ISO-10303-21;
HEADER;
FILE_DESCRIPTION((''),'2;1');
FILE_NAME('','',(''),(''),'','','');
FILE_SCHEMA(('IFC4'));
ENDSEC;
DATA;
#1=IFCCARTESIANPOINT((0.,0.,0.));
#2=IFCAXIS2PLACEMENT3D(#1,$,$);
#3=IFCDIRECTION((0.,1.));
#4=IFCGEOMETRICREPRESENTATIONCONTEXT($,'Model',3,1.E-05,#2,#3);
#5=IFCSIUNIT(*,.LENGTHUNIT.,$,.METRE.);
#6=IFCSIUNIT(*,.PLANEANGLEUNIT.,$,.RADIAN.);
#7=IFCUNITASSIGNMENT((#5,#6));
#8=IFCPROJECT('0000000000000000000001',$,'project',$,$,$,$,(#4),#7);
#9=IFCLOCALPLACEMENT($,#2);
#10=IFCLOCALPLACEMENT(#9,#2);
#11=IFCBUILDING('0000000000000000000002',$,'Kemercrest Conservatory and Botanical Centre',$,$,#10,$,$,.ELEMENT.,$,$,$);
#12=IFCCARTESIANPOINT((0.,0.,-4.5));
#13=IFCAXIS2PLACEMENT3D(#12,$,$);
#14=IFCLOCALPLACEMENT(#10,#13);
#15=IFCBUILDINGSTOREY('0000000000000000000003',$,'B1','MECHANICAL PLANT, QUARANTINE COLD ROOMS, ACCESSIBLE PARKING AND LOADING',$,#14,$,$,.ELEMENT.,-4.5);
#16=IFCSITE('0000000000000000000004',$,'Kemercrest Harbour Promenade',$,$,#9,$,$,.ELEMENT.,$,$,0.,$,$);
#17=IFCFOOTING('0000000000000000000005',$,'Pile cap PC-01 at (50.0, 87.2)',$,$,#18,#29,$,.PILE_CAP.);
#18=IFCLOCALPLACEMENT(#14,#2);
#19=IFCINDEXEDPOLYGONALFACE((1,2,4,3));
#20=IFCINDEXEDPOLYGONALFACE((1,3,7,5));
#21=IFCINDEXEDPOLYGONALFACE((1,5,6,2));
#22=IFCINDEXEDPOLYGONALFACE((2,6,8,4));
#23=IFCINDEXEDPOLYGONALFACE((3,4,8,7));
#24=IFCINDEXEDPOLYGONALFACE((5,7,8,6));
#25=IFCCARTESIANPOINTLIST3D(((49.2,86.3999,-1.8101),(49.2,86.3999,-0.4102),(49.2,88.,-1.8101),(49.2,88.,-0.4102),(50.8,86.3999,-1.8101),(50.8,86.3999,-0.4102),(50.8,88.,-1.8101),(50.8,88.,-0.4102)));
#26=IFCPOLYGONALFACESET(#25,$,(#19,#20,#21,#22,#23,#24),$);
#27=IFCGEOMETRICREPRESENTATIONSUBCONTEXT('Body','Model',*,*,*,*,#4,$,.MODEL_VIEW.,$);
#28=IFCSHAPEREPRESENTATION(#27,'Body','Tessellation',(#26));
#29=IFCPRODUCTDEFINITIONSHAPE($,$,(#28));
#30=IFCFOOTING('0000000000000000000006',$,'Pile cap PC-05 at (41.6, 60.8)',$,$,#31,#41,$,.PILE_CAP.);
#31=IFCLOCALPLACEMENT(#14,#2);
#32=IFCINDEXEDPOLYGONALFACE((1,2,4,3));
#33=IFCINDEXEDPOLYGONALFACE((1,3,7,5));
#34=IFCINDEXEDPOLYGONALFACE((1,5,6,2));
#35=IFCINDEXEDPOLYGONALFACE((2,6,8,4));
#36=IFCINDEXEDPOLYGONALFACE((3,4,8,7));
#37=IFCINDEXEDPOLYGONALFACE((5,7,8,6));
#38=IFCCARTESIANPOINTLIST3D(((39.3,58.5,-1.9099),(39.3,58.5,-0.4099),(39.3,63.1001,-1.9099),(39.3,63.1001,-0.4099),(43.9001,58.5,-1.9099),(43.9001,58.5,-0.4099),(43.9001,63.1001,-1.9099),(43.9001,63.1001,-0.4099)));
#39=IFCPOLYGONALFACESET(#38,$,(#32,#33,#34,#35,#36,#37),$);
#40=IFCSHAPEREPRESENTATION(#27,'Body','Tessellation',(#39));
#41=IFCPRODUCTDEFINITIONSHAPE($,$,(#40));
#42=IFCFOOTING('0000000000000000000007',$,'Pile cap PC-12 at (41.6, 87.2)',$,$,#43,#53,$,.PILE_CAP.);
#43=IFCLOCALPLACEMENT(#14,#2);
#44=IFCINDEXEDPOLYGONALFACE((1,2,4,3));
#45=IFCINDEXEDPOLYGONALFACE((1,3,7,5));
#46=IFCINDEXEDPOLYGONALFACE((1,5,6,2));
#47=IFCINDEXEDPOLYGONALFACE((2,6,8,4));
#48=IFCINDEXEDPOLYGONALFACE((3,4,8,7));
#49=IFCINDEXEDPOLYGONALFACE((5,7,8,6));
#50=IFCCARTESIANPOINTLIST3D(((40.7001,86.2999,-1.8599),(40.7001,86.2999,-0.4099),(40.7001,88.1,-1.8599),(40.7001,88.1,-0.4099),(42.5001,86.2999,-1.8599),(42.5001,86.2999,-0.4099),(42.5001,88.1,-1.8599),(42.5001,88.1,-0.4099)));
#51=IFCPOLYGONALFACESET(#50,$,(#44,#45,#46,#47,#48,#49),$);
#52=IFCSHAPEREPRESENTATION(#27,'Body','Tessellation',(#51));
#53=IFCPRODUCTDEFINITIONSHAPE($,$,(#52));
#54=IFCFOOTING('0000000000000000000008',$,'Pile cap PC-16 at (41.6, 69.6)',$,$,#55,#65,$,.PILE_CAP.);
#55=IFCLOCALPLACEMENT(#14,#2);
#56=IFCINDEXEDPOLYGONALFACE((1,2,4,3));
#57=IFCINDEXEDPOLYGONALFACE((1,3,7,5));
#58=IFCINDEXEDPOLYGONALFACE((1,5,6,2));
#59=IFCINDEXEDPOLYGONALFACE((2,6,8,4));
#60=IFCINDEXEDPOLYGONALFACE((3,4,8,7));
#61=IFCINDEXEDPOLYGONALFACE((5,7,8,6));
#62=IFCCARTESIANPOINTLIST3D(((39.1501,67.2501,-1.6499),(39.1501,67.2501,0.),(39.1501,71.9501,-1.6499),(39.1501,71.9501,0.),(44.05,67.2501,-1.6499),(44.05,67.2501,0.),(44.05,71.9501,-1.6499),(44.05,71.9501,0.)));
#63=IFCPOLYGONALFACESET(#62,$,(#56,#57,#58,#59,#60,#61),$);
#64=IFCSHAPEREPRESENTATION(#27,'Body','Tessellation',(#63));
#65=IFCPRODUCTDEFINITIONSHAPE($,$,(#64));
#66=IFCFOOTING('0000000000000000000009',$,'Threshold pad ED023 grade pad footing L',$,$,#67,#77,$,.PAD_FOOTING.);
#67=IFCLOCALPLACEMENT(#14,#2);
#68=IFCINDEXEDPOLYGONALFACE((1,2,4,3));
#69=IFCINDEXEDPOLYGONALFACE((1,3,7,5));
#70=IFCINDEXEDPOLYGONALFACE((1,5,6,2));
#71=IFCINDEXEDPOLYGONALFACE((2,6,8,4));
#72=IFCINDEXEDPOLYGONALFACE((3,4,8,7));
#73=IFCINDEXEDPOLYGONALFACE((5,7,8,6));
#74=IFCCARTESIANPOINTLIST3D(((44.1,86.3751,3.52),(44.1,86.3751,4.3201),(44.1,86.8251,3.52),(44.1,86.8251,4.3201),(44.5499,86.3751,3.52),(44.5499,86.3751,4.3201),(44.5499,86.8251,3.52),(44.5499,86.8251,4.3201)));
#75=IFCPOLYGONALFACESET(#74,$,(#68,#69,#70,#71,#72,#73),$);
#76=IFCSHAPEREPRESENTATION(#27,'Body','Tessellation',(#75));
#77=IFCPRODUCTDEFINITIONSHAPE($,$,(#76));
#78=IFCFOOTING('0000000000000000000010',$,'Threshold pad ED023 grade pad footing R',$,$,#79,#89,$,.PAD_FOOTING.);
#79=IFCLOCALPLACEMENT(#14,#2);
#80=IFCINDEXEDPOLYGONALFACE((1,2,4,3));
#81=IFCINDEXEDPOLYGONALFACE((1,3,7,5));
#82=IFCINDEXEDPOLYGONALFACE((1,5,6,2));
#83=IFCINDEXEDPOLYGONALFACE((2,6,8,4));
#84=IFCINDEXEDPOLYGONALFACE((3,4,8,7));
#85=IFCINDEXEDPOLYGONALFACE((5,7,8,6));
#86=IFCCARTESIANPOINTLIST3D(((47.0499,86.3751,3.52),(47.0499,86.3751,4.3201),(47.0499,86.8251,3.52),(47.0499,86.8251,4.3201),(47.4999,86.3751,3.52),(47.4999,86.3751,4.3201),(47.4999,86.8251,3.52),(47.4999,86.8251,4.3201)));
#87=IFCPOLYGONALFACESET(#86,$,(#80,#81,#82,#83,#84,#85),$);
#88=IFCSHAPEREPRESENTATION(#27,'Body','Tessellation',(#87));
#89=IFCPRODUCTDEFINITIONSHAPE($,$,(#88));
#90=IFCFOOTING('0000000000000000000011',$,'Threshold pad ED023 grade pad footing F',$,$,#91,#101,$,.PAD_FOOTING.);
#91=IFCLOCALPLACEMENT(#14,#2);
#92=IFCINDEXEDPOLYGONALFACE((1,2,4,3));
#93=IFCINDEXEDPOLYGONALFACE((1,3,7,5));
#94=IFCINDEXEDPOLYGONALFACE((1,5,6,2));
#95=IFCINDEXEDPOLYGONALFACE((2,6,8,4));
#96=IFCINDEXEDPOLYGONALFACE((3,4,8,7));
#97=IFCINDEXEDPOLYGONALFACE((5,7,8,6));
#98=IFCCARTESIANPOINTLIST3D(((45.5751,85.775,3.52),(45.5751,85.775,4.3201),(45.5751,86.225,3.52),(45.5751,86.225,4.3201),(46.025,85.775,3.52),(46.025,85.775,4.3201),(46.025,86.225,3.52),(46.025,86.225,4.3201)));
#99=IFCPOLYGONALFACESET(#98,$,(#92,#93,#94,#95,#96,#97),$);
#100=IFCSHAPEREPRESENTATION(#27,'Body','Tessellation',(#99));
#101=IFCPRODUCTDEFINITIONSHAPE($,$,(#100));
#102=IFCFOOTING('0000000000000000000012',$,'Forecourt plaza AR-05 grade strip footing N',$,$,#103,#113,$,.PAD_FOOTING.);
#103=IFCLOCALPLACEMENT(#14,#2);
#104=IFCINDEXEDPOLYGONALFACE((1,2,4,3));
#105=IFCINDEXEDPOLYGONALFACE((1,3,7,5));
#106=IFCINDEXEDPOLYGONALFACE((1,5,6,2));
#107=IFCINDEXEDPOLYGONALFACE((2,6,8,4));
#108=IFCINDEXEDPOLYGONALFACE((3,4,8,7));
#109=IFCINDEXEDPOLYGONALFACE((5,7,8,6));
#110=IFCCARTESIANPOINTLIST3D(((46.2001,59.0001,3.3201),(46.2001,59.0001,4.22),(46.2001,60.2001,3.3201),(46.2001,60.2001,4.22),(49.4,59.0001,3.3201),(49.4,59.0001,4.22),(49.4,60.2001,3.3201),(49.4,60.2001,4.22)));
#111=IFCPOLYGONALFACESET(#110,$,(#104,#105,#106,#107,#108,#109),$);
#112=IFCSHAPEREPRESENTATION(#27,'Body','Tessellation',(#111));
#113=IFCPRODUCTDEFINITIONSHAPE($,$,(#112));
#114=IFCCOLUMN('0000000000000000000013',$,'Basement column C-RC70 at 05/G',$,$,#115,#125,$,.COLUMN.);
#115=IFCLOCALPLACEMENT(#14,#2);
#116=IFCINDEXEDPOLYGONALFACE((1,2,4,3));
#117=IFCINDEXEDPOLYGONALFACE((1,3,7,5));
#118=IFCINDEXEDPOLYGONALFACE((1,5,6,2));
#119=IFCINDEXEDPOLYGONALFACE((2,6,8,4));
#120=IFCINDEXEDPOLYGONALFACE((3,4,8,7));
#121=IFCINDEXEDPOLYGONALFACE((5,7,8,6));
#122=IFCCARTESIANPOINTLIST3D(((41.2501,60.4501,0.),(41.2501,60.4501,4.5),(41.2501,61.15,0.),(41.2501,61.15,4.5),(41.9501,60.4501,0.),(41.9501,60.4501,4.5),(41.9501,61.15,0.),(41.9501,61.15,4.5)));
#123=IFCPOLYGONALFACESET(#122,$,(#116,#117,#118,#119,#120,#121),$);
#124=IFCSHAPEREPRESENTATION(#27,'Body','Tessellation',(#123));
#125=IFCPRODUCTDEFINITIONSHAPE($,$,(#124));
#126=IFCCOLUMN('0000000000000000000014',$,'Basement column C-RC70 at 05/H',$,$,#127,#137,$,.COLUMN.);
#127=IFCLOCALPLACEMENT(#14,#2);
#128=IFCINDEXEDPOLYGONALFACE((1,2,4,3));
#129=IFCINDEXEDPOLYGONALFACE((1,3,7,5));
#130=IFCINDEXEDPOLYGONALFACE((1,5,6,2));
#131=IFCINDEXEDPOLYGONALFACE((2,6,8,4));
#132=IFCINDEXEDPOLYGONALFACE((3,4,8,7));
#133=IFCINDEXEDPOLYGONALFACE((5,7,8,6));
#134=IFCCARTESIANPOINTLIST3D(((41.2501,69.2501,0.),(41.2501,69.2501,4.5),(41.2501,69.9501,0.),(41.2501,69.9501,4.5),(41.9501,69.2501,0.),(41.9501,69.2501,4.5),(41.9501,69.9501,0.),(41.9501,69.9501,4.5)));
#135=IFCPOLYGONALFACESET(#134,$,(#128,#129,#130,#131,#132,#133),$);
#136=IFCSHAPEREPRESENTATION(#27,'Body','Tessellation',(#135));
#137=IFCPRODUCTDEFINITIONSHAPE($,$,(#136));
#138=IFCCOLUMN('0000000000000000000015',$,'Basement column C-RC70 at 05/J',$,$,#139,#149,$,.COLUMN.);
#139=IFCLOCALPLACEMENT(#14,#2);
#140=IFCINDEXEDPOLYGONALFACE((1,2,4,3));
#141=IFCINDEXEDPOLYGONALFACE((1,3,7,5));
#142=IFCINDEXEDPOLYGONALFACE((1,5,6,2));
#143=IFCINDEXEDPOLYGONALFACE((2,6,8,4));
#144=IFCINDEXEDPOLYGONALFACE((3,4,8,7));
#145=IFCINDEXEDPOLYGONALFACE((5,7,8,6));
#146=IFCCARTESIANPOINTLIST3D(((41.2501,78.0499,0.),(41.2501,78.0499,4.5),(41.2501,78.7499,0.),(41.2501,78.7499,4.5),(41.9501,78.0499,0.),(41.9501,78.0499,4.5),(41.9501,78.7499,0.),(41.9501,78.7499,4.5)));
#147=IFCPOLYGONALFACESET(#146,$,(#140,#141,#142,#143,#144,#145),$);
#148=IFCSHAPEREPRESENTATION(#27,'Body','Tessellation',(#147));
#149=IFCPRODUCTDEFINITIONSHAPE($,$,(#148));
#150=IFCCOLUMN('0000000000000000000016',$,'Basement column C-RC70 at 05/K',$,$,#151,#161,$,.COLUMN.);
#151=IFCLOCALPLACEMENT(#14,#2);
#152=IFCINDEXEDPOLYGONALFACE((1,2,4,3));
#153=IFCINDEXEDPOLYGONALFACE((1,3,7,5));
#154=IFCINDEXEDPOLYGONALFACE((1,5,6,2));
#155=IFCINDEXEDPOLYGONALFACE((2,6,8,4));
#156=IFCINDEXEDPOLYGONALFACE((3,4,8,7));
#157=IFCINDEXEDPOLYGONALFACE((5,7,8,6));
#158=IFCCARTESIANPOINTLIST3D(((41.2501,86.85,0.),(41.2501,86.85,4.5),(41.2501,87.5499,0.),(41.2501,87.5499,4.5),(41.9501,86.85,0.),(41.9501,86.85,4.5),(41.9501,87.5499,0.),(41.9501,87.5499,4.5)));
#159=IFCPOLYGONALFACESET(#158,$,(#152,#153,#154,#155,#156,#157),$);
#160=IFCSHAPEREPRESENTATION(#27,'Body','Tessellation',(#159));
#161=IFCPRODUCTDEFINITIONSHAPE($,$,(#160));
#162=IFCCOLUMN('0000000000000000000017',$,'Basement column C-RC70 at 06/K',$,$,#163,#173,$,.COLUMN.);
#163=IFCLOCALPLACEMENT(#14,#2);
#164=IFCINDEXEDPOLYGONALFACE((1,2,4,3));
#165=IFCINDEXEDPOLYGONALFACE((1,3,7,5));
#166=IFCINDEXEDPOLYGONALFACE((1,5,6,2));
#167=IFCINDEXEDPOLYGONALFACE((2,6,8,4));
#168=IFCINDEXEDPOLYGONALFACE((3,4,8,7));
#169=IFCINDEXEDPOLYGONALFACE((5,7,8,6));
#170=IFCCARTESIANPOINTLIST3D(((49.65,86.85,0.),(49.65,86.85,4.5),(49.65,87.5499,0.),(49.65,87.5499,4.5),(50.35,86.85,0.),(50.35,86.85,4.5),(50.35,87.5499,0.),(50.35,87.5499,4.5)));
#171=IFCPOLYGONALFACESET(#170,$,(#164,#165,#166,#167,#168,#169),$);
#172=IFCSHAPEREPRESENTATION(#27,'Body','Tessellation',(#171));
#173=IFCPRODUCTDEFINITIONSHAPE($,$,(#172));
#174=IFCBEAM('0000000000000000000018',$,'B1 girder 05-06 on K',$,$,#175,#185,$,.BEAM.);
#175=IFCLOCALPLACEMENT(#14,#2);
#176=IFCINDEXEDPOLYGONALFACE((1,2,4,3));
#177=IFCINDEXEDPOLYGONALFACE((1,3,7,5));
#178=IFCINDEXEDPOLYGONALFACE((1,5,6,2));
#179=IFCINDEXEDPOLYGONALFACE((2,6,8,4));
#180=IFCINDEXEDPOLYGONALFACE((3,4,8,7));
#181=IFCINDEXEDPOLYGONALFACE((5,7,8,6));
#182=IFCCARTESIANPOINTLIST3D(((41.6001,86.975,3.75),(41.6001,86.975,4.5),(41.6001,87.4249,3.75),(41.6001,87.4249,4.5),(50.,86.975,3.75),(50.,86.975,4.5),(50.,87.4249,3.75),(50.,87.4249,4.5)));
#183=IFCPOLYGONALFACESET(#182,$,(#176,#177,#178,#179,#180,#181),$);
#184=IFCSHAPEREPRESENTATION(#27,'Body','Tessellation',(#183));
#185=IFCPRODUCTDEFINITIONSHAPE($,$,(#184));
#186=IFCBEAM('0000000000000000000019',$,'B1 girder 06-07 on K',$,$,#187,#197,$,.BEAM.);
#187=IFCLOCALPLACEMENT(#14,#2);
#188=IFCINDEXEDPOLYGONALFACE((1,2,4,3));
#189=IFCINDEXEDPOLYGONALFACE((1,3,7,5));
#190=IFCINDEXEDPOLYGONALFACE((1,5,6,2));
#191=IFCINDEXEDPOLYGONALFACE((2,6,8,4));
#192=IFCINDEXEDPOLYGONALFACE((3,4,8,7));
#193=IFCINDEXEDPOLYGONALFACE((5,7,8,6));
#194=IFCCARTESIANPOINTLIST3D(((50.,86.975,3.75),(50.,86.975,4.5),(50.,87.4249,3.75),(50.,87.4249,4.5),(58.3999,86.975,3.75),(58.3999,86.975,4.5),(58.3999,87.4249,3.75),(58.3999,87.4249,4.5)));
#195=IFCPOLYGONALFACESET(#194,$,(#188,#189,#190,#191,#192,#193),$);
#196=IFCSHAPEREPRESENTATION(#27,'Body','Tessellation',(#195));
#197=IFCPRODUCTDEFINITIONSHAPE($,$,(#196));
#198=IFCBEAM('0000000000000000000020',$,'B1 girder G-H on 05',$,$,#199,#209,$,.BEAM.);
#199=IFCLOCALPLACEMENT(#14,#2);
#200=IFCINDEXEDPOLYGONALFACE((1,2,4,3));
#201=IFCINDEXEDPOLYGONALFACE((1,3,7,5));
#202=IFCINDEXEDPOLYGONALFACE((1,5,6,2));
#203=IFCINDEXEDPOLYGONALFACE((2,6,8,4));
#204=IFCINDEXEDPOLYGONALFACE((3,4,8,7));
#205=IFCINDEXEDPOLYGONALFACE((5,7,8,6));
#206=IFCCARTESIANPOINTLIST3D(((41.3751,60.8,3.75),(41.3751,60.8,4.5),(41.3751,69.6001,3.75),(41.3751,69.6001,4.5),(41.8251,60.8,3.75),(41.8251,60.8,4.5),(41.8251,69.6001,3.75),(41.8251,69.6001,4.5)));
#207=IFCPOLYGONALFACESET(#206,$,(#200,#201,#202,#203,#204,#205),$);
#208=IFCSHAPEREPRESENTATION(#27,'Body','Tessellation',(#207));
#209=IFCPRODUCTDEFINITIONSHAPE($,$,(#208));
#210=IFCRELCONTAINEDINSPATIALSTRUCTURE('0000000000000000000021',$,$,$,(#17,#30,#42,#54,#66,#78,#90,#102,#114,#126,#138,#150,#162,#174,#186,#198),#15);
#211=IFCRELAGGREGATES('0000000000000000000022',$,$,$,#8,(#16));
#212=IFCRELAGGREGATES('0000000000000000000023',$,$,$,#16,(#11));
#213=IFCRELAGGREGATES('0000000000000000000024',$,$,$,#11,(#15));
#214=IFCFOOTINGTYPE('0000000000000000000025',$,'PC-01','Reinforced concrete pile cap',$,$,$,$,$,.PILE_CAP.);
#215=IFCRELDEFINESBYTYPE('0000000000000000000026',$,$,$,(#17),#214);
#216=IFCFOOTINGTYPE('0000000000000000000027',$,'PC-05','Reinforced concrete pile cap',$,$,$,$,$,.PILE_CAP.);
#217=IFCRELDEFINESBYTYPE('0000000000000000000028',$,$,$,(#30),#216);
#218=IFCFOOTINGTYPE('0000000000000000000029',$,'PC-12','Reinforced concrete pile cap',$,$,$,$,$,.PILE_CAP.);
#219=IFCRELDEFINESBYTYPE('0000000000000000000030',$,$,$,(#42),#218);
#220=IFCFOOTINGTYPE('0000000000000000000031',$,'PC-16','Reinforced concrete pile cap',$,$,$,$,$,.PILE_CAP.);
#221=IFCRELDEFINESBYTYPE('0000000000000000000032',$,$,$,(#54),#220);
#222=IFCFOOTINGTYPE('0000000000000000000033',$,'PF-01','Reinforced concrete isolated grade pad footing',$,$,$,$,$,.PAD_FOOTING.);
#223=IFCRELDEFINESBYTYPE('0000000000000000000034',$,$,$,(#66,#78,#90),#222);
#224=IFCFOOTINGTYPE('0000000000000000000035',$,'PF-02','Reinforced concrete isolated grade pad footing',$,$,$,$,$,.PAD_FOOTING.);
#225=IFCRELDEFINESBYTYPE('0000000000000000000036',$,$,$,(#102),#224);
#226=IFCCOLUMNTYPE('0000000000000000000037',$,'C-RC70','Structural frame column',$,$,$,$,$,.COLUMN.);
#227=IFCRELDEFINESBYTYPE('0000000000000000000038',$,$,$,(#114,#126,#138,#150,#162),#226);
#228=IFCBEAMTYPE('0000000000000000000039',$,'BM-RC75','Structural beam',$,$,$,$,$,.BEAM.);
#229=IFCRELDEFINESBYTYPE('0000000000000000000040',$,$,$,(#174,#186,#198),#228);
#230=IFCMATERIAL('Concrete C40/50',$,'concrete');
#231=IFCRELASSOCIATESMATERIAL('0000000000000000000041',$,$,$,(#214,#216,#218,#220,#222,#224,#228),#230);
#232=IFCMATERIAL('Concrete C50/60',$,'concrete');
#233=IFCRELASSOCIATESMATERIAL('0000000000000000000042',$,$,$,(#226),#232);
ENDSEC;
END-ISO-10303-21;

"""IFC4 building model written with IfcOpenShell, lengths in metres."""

from ifc_helpers import new_model, si_unit, direction, frame, origin, origin_2d, place, context, subcontext, project, spatial, rectangle, extrude, material, material_profile, profile_set, type_object, element, save


model = new_model("IFC4")

# Units and contexts
model_context = context("Model", 3, precision=1e-05, world=origin(), true_north=direction((0.0, 1.0)))
body_context = subcontext(model_context, "Body", "Model", "MODEL_VIEW")
ifc_project = project(units=[si_unit("LENGTHUNIT", "METRE"), si_unit("PLANEANGLEUNIT", "RADIAN")], contexts=[model_context])

# Site, building, storey
site_placement = place(None, origin())
site = spatial("IfcSite", under=ifc_project, at=site_placement, Name="Kemercrest Harbour Promenade", CompositionType="ELEMENT", RefElevation=0.0)
building_placement = place(site_placement, origin())
building = spatial("IfcBuilding", under=site, at=building_placement, Name="Kemercrest Conservatory and Botanical Centre", CompositionType="ELEMENT")
storey_placement = place(building_placement, frame((0.0, 0.0, -4.5)))
storey = spatial("IfcBuildingStorey", under=building, at=storey_placement, Name="B1", Description="MECHANICAL PLANT, QUARANTINE COLD ROOMS, ACCESSIBLE PARKING AND LOADING", CompositionType="ELEMENT", Elevation=-4.5)

# Shared definitions
ifc_material_1 = material(Name="Concrete C40/50", Category="concrete")

# Footings
footing_type_1 = type_object("IfcFootingType", Name="PC-01", Description="Reinforced concrete pile cap", PredefinedType="PILE_CAP", material=ifc_material_1)
for number, where, z_axis, x_axis, name in (
    (1, (50.0, 87.2, -1.8101), (0.0, 0.0, 1.0), (1.0, 0.0, 0.0), "Pile cap PC-01 at (50.0, 87.2)"),
):
    element("IfcFooting", number, at=place(storey_placement, frame(where, z_axis=z_axis, x_axis=x_axis)), inside=storey, type_object=footing_type_1, Name=name, PredefinedType="PILE_CAP", context=body_context, shape_type="SweptSolid", body=[
        extrude(rectangle(XDim=1.6001, YDim=1.6001, at=origin_2d()), origin(), (0.0, 0.0, 1.0), 1.3999),
    ])
footing_type_2 = type_object("IfcFootingType", Name="PC-05", Description="Reinforced concrete pile cap", PredefinedType="PILE_CAP", material=ifc_material_1)
footing_1_placement = place(storey_placement, frame((41.6001, 60.8, -1.9099), z_axis=(0.0, 0.0, 1.0), x_axis=(1.0, 0.0, 0.0)))
element("IfcFooting", 2, at=footing_1_placement, inside=storey, type_object=footing_type_2, Name="Pile cap PC-05 at (41.6, 60.8)", PredefinedType="PILE_CAP", context=body_context, shape_type="SweptSolid", body=[
    extrude(rectangle(XDim=4.6001, YDim=4.6001, at=origin_2d()), origin(), (0.0, 0.0, 1.0), 1.5),
])
footing_type_3 = type_object("IfcFootingType", Name="PC-12", Description="Reinforced concrete pile cap", PredefinedType="PILE_CAP", material=ifc_material_1)
footing_2_placement = place(storey_placement, frame((41.6001, 87.2, -1.8599), z_axis=(0.0, 0.0, 1.0), x_axis=(1.0, 0.0, 0.0)))
element("IfcFooting", 3, at=footing_2_placement, inside=storey, type_object=footing_type_3, Name="Pile cap PC-12 at (41.6, 87.2)", PredefinedType="PILE_CAP", context=body_context, shape_type="SweptSolid", body=[
    extrude(rectangle(XDim=1.8, YDim=1.8, at=origin_2d()), origin(), (0.0, 0.0, 1.0), 1.45),
])
footing_type_4 = type_object("IfcFootingType", Name="PC-16", Description="Reinforced concrete pile cap", PredefinedType="PILE_CAP", material=ifc_material_1)
footing_3_placement = place(storey_placement, frame((41.6001, 69.6001, -1.6499), z_axis=(0.0, 0.0, 1.0), x_axis=(1.0, 0.0, 0.0)))
element("IfcFooting", 4, at=footing_3_placement, inside=storey, type_object=footing_type_4, Name="Pile cap PC-16 at (41.6, 69.6)", PredefinedType="PILE_CAP", context=body_context, shape_type="SweptSolid", body=[
    extrude(rectangle(XDim=4.8999, YDim=4.7, at=origin_2d()), origin(), (0.0, 0.0, 1.0), 1.6499),
])
footing_type_5 = type_object("IfcFootingType", Name="PF-01", Description="Reinforced concrete isolated grade pad footing", PredefinedType="PAD_FOOTING", material=ifc_material_1)
for number, where, z_axis, x_axis, name in (
    (5, (44.325, 86.6001, 3.52), (0.0, 0.0, 1.0), (1.0, 0.0, 0.0), "Threshold pad ED023 grade pad footing L"),
    (6, (47.2749, 86.6001, 3.52), (0.0, 0.0, 1.0), (1.0, 0.0, 0.0), "Threshold pad ED023 grade pad footing R"),
    (7, (45.8, 86.0, 3.52), (0.0, 0.0, 1.0), (1.0, 0.0, 0.0), "Threshold pad ED023 grade pad footing F"),
):
    element("IfcFooting", number, at=place(storey_placement, frame(where, z_axis=z_axis, x_axis=x_axis)), inside=storey, type_object=footing_type_5, Name=name, PredefinedType="PAD_FOOTING", context=body_context, shape_type="SweptSolid", body=[
        extrude(rectangle(XDim=0.45, YDim=0.45, at=origin_2d()), origin(), (0.0, 0.0, 1.0), 0.8),
    ])
footing_type_6 = type_object("IfcFootingType", Name="PF-02", Description="Reinforced concrete isolated grade pad footing", PredefinedType="PAD_FOOTING", material=ifc_material_1)
footing_4_placement = place(storey_placement, frame((47.8, 59.6001, 3.3201), z_axis=(0.0, 0.0, 1.0), x_axis=(1.0, 0.0, 0.0)))
element("IfcFooting", 8, at=footing_4_placement, inside=storey, type_object=footing_type_6, Name="Forecourt plaza AR-05 grade strip footing N", PredefinedType="PAD_FOOTING", context=body_context, shape_type="SweptSolid", body=[
    extrude(rectangle(XDim=3.2, YDim=1.2, at=origin_2d()), origin(), (0.0, 0.0, 1.0), 0.8999),
])

# Columns
ifc_material_2 = material(Name="Concrete C50/60", Category="concrete")
ifc_material_profile_1 = material_profile(ifc_material_2, rectangle(XDim=0.7, YDim=0.7, at=origin_2d()), Name="RC 700x700")
ifc_profile_set_1 = profile_set([ifc_material_profile_1], Name="Concrete C50/60")
column_type = type_object("IfcColumnType", Name="C-RC70", Description="Structural frame column", PredefinedType="COLUMN", material=ifc_profile_set_1)
for number, where, z_axis, x_axis, name in (
    (9, (41.6001, 60.8, 0.0), (0.0, 0.0, 1.0), (1.0, 0.0, 0.0), "Basement column C-RC70 at 05/G"),
    (10, (41.6001, 69.6001, 0.0), (0.0, 0.0, 1.0), (1.0, 0.0, 0.0), "Basement column C-RC70 at 05/H"),
    (11, (41.6001, 78.3999, 0.0), (0.0, 0.0, 1.0), (1.0, 0.0, 0.0), "Basement column C-RC70 at 05/J"),
    (12, (41.6001, 87.2, 0.0), (0.0, 0.0, 1.0), (1.0, 0.0, 0.0), "Basement column C-RC70 at 05/K"),
    (13, (50.0, 87.2, 0.0), (0.0, 0.0, 1.0), (1.0, 0.0, 0.0), "Basement column C-RC70 at 06/K"),
):
    element("IfcColumn", number, at=place(storey_placement, frame(where, z_axis=z_axis, x_axis=x_axis)), inside=storey, type_object=column_type, Name=name, PredefinedType="COLUMN", context=body_context, shape_type="SweptSolid", body=[
        extrude(rectangle(XDim=0.7, YDim=0.7, at=origin_2d()), origin(), (0.0, 0.0, 1.0), 4.5),
    ])

# Beams
ifc_material_profile_2 = material_profile(ifc_material_1, rectangle(XDim=0.45, YDim=0.75, at=origin_2d()), Name="RC 450x750")
ifc_profile_set_2 = profile_set([ifc_material_profile_2], Name="Concrete C40/50")
beam_type = type_object("IfcBeamType", Name="BM-RC75", Description="Structural beam", PredefinedType="BEAM", material=ifc_profile_set_2)
for number, where, z_axis, x_axis, name in (
    (14, (41.6001, 87.2, 4.125), (1.0, 0.0, 0.0), (0.0, 1.0, 0.0), "B1 girder 05-06 on K"),
    (15, (50.0, 87.2, 4.125), (1.0, 0.0, 0.0), (0.0, 1.0, 0.0), "B1 girder 06-07 on K"),
):
    element("IfcBeam", number, at=place(storey_placement, frame(where, z_axis=z_axis, x_axis=x_axis)), inside=storey, type_object=beam_type, Name=name, PredefinedType="BEAM", context=body_context, shape_type="SweptSolid", body=[
        extrude(rectangle(XDim=0.45, YDim=0.75, at=origin_2d()), origin(), (0.0, 0.0, 1.0), 8.3999),
    ])
beam_1_placement = place(storey_placement, frame((41.6001, 60.8, 4.125), z_axis=(0.0, 1.0, 0.0), x_axis=(-1.0, 0.0, 0.0)))
element("IfcBeam", 16, at=beam_1_placement, inside=storey, type_object=beam_type, Name="B1 girder G-H on 05", PredefinedType="BEAM", context=body_context, shape_type="SweptSolid", body=[
    extrude(rectangle(XDim=0.45, YDim=0.75, at=origin_2d()), origin(), (0.0, 0.0, 1.0), 8.8),
])

save(model, "model.ifc")
